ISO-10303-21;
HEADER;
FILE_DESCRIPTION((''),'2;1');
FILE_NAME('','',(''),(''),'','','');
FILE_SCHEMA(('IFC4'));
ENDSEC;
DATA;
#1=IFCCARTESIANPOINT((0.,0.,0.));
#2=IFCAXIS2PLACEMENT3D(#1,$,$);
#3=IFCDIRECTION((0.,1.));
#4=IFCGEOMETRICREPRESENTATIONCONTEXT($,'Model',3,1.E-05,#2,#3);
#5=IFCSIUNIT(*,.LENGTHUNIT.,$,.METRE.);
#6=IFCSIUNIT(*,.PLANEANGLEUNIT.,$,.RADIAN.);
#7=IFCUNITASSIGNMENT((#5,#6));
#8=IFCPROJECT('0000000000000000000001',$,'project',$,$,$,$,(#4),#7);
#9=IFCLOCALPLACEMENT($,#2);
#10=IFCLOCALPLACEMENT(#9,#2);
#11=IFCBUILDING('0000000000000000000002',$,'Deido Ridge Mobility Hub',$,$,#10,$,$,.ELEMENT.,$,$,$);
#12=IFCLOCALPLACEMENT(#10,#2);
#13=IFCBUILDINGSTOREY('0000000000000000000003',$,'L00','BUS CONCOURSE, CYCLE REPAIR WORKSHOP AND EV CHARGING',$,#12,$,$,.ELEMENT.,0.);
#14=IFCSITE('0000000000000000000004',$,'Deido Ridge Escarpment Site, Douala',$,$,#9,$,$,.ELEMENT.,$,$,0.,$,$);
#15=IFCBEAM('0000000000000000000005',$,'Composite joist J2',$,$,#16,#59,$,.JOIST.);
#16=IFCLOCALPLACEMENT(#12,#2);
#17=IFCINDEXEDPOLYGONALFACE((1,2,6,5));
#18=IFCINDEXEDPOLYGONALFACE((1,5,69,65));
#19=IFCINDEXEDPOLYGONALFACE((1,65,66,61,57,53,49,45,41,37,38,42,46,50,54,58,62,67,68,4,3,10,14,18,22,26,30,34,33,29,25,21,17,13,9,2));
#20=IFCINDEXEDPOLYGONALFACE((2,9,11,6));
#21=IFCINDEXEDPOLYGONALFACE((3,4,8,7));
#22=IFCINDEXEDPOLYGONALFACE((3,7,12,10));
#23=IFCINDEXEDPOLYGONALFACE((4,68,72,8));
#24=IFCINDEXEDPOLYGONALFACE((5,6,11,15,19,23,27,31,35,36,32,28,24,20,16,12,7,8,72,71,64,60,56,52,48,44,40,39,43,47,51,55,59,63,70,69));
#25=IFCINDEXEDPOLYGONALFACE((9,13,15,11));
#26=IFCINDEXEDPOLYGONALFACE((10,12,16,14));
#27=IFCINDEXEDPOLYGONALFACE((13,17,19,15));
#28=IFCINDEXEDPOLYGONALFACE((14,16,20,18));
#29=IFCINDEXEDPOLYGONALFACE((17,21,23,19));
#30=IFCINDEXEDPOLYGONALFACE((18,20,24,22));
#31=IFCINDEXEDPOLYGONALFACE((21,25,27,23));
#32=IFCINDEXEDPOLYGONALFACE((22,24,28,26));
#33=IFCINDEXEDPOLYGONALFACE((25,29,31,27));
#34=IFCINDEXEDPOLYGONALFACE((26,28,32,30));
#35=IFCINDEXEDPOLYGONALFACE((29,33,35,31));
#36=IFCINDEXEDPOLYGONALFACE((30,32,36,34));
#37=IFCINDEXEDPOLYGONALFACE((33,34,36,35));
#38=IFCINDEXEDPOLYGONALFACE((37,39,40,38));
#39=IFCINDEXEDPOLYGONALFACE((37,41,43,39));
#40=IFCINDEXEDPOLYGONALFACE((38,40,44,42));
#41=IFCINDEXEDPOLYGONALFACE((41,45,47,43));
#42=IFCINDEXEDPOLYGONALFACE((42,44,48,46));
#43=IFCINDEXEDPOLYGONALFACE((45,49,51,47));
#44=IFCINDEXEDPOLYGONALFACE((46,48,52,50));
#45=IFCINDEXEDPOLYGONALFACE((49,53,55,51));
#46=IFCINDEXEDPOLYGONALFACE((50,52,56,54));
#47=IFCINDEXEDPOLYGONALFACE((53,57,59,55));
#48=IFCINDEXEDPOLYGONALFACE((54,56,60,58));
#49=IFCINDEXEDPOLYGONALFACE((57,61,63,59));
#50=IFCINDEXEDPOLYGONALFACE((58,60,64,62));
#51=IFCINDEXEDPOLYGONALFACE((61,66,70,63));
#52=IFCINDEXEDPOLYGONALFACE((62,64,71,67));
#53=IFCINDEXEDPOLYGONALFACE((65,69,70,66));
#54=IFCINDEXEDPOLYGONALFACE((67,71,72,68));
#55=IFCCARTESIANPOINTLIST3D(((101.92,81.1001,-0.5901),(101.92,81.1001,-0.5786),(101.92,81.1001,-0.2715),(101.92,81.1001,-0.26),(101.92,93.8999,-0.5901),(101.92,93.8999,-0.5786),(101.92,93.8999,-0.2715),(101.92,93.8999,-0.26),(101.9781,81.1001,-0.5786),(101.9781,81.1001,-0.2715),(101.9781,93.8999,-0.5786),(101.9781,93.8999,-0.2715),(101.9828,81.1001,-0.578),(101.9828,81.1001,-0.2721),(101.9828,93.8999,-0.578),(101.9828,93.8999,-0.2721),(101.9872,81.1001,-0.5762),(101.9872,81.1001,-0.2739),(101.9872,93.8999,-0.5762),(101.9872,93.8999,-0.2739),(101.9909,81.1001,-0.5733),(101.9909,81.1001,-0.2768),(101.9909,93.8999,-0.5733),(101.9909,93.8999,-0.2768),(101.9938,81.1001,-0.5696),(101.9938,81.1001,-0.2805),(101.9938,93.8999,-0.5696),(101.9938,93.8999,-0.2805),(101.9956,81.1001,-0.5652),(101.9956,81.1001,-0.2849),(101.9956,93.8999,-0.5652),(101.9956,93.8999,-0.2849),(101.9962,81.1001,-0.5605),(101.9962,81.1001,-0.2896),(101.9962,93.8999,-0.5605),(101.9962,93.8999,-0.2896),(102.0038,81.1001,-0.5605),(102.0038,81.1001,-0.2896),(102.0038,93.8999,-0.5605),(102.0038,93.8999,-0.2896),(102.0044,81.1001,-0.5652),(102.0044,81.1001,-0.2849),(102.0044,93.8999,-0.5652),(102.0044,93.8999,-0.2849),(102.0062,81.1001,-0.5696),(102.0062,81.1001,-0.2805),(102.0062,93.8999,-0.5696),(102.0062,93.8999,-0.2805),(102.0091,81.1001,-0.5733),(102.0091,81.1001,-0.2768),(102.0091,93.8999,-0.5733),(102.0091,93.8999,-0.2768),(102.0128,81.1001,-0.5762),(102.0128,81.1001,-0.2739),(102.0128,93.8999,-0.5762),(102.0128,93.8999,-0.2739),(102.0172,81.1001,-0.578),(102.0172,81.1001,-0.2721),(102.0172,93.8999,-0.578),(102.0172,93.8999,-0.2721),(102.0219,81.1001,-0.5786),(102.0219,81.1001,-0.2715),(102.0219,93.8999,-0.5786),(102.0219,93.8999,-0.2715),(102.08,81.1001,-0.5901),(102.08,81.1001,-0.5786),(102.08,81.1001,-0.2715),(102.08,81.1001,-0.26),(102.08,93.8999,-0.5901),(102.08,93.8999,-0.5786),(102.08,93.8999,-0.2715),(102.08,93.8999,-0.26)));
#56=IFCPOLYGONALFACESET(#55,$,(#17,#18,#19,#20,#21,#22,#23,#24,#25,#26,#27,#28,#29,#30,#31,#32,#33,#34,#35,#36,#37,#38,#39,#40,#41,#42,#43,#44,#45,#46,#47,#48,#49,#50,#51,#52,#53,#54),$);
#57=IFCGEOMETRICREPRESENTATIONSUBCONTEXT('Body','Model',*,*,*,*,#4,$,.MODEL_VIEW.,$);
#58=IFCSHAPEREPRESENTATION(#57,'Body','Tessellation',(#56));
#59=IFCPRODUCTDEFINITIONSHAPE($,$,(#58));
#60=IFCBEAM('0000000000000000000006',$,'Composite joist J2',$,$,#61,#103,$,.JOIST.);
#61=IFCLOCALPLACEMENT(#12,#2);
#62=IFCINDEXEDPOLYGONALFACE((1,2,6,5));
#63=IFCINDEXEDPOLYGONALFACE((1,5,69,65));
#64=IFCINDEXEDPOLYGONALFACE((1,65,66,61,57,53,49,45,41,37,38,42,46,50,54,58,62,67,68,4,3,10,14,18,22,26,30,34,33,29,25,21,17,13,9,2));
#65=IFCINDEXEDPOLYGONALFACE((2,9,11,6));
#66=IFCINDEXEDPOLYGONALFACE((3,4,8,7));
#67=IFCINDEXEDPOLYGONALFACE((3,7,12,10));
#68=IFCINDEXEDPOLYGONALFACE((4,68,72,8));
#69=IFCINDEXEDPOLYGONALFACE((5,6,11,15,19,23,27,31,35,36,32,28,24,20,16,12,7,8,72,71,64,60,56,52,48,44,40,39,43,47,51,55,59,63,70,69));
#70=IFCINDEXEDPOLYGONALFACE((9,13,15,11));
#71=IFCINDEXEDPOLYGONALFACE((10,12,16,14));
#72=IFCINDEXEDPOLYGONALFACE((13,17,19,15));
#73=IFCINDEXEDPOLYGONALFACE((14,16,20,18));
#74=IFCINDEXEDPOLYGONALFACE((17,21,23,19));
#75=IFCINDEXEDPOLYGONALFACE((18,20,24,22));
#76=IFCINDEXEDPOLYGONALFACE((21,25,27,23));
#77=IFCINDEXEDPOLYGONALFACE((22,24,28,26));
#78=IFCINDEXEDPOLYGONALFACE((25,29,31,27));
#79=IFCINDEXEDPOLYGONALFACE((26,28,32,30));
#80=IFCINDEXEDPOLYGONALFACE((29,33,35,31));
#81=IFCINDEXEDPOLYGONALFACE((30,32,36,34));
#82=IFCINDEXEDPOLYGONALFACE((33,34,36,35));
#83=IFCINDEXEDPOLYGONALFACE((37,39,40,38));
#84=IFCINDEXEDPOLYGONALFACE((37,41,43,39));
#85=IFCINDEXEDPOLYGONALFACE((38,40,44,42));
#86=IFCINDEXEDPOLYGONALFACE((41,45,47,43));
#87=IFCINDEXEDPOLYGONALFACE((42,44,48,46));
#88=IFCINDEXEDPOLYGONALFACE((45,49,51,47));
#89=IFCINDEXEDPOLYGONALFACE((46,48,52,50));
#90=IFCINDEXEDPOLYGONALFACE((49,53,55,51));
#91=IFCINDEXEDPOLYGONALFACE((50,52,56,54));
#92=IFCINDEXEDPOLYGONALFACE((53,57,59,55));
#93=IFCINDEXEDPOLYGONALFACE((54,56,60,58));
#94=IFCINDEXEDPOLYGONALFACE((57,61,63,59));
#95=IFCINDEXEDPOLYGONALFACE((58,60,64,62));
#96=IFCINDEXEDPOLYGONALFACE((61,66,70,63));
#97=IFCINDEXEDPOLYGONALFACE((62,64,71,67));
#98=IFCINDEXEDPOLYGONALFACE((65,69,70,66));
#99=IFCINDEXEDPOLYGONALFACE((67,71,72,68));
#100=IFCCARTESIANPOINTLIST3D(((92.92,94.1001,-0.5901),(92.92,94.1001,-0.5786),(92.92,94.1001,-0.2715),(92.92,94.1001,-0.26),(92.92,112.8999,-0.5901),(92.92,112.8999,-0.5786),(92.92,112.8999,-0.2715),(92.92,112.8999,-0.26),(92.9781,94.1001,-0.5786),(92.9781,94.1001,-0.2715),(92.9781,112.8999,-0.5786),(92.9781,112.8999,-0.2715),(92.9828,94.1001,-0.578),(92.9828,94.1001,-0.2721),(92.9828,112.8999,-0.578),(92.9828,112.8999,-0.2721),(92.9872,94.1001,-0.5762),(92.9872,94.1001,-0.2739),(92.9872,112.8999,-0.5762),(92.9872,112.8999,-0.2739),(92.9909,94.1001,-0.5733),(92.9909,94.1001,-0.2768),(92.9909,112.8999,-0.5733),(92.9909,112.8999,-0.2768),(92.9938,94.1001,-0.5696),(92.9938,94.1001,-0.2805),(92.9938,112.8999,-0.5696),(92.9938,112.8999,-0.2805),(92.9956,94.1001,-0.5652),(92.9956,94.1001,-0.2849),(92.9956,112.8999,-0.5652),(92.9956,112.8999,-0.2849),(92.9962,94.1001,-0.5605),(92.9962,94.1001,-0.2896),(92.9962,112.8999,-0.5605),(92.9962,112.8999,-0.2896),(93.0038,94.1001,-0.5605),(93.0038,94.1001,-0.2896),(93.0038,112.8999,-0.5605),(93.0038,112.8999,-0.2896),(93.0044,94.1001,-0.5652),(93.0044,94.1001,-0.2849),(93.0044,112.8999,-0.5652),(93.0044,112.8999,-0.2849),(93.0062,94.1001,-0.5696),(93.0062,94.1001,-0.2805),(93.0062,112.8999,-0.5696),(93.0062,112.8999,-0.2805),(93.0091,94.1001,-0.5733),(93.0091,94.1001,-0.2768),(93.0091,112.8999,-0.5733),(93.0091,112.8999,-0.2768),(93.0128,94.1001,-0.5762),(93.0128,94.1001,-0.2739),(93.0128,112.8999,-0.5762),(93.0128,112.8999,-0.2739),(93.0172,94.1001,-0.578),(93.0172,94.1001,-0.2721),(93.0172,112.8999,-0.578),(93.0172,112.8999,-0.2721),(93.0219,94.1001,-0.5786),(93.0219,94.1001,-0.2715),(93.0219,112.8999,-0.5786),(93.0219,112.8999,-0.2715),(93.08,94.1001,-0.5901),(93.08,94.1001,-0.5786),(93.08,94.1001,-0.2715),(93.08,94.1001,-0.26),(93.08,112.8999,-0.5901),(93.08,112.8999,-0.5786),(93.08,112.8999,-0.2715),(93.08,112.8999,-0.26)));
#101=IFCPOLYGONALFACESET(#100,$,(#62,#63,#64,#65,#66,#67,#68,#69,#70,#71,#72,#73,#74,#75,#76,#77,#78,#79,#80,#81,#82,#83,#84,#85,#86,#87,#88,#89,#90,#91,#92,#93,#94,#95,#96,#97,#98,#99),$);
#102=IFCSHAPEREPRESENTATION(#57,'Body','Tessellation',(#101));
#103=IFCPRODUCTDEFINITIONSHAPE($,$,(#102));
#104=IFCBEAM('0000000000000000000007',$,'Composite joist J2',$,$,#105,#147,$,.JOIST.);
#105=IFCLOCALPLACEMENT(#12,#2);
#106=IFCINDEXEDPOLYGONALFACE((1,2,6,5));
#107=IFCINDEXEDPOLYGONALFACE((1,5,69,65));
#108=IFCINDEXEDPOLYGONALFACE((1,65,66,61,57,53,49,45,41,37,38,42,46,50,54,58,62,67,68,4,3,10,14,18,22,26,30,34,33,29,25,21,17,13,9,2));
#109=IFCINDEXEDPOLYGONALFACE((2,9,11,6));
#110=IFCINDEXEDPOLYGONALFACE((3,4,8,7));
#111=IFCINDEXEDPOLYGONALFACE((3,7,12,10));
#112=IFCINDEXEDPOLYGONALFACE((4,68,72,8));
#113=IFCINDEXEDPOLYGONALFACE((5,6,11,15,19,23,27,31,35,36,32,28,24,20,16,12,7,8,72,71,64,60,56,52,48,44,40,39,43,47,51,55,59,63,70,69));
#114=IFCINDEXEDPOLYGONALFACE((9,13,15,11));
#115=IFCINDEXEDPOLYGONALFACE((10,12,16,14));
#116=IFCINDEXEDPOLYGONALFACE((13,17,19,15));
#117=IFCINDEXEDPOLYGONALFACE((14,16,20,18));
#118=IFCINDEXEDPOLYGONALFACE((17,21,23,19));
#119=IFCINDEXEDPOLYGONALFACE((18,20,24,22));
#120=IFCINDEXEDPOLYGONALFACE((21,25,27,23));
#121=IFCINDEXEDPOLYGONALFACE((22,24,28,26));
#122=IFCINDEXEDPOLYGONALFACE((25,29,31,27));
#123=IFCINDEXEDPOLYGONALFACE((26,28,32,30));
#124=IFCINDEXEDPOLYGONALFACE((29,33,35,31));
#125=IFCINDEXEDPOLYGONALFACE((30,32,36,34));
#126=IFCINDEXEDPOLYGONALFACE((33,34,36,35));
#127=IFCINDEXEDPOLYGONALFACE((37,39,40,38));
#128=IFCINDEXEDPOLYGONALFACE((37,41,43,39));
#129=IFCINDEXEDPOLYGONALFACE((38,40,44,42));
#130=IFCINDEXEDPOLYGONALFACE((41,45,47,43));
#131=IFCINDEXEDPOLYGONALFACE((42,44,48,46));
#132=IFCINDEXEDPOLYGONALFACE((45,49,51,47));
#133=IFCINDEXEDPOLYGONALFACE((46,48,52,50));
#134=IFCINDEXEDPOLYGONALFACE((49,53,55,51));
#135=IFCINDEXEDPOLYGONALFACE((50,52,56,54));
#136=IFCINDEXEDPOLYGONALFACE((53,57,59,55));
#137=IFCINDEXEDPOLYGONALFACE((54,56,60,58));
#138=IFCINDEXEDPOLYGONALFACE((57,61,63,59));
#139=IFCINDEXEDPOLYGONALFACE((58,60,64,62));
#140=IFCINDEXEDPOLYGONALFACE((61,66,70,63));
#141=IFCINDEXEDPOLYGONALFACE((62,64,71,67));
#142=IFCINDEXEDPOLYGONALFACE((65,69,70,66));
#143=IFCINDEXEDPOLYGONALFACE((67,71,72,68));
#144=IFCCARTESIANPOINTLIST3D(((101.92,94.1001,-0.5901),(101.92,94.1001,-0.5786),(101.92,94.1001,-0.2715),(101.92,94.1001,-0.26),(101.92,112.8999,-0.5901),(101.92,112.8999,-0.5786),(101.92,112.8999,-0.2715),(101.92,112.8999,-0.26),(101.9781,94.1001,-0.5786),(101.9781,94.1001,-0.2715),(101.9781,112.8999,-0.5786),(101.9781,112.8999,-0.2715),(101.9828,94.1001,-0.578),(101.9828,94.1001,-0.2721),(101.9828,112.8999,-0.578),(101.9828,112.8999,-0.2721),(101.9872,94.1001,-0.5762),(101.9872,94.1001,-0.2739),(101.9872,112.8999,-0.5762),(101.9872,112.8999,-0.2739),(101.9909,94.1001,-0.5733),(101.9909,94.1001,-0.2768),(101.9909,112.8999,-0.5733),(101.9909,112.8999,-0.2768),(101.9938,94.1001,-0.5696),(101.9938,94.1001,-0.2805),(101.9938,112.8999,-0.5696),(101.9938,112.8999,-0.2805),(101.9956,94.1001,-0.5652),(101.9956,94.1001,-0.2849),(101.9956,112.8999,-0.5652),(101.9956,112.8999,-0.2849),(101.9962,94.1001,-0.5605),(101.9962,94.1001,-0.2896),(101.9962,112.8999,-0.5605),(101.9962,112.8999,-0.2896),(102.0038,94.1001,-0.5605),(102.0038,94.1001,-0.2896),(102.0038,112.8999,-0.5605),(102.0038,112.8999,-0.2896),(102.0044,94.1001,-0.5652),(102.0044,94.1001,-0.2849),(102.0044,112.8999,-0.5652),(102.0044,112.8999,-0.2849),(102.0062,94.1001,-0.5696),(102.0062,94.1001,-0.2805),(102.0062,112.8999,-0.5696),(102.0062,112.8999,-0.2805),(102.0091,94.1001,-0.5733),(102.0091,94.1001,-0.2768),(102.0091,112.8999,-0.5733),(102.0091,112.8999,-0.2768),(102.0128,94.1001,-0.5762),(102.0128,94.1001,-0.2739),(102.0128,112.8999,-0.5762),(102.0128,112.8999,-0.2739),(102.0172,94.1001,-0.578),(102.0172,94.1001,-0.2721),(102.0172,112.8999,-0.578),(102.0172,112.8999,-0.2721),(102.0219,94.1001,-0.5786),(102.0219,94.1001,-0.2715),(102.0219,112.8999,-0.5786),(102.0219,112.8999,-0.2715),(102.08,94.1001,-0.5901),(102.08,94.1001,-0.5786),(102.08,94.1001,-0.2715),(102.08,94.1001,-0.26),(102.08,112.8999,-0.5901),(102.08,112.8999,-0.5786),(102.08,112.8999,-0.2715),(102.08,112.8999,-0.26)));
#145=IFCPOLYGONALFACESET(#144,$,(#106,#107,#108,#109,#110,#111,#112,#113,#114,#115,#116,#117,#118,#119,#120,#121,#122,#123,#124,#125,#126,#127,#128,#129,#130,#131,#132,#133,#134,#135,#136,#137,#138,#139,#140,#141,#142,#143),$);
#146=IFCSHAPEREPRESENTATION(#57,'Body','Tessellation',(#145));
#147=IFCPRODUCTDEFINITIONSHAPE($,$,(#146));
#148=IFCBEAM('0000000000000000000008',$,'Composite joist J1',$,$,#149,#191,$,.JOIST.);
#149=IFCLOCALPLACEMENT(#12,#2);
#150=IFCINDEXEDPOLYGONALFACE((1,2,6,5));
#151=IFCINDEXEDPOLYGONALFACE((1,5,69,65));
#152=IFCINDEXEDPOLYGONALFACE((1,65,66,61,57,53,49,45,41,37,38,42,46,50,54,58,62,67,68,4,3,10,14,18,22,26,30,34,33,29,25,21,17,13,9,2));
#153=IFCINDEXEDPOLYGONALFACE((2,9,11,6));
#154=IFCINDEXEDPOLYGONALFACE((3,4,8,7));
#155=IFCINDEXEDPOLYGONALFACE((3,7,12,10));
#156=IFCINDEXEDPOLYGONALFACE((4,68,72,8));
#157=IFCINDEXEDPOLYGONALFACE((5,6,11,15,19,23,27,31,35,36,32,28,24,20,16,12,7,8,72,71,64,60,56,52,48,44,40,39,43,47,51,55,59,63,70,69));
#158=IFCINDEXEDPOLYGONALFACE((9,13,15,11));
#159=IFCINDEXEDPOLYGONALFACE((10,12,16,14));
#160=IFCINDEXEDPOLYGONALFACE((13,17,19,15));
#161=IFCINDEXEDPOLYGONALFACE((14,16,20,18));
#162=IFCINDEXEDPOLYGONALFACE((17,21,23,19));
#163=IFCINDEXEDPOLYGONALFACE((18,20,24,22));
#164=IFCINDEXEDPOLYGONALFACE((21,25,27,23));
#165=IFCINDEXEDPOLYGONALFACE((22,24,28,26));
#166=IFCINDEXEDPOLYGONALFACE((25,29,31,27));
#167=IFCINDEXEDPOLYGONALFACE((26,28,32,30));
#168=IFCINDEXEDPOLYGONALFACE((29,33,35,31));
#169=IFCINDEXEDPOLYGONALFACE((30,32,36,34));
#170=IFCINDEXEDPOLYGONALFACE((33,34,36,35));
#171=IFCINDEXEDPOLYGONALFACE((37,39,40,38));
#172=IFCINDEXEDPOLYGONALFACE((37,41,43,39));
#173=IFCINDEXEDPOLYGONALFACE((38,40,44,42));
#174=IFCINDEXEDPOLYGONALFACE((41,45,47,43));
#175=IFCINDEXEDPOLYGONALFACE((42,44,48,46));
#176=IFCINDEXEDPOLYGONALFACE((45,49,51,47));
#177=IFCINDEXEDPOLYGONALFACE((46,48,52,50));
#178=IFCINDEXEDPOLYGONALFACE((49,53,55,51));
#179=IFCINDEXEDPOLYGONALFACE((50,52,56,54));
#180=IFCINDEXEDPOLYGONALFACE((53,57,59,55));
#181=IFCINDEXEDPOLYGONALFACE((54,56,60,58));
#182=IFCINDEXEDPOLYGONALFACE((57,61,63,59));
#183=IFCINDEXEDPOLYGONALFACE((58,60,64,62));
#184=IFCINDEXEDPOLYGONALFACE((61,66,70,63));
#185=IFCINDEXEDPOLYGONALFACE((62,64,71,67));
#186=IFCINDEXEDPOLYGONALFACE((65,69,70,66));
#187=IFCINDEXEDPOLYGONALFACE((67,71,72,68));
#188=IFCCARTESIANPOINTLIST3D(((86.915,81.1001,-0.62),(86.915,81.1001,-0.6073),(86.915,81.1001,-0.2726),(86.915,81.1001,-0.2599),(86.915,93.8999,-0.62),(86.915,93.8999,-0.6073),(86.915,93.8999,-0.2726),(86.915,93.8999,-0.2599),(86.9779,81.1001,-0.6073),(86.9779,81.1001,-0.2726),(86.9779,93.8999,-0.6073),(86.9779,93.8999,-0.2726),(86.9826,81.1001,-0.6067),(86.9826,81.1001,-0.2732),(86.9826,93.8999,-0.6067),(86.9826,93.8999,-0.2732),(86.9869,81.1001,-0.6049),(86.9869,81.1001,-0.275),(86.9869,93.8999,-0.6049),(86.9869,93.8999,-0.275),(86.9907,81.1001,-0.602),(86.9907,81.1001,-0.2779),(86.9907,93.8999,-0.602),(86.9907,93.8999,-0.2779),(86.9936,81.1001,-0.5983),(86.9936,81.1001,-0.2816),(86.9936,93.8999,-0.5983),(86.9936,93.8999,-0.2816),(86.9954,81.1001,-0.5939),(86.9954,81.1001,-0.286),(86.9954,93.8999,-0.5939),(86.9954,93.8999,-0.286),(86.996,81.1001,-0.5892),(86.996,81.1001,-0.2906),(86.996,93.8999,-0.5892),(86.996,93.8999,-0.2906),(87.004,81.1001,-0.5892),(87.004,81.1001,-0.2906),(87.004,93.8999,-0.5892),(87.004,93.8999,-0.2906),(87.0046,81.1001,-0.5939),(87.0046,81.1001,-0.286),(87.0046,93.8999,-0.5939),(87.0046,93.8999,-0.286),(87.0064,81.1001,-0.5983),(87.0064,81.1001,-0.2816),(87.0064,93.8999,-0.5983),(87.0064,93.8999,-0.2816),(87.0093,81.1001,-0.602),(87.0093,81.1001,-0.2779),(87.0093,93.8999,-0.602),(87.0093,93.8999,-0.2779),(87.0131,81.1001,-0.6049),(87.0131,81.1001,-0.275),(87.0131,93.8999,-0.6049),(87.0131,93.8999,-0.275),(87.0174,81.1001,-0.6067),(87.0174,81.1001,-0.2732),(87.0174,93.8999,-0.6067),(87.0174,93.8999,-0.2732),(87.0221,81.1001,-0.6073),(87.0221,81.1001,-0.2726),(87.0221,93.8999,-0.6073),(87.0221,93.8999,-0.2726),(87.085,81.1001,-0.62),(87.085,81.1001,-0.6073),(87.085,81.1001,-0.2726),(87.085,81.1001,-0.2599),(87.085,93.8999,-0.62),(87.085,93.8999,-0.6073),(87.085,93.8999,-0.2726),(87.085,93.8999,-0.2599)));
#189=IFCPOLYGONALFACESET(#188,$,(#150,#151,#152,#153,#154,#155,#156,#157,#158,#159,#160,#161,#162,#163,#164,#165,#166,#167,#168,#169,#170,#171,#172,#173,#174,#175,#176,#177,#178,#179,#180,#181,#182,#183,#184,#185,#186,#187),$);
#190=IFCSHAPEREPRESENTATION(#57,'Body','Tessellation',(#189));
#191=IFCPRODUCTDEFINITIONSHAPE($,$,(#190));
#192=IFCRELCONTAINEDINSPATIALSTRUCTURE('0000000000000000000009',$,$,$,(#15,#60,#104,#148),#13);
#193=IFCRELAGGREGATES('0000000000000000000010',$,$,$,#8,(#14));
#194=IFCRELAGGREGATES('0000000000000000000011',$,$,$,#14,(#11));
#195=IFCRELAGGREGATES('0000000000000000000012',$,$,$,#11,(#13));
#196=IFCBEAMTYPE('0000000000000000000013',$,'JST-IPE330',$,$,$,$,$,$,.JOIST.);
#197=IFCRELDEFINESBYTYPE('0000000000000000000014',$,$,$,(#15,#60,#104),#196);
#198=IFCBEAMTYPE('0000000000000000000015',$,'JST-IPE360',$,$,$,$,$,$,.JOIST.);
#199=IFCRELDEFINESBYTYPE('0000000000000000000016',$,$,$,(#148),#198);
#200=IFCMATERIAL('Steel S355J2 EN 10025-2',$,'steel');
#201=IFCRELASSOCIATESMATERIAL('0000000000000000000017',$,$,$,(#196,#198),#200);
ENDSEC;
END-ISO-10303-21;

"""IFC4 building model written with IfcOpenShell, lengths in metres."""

from ifc_helpers import new_model, si_unit, direction, frame, origin, origin_2d, place, context, subcontext, project, spatial, i_section, extrude, material, material_profile, profile_set, type_object, element, save


model = new_model("IFC4")

# Units and contexts
model_context = context("Model", 3, precision=1e-05, world=origin(), true_north=direction((0.0, 1.0)))
body_context = subcontext(model_context, "Body", "Model", "MODEL_VIEW")
ifc_project = project(units=[si_unit("LENGTHUNIT", "METRE"), si_unit("PLANEANGLEUNIT", "RADIAN")], contexts=[model_context])

# Site, building, storey
site_placement = place(None, origin())
site = spatial("IfcSite", under=ifc_project, at=site_placement, Name="Deido Ridge Escarpment Site, Douala", CompositionType="ELEMENT", RefElevation=0.0)
building_placement = place(site_placement, origin())
building = spatial("IfcBuilding", under=site, at=building_placement, Name="Deido Ridge Mobility Hub", CompositionType="ELEMENT")
storey_placement = place(building_placement, origin())
storey = spatial("IfcBuildingStorey", under=building, at=storey_placement, Name="L00", Description="BUS CONCOURSE, CYCLE REPAIR WORKSHOP AND EV CHARGING", CompositionType="ELEMENT", Elevation=0.0)

# Shared definitions
ifc_material_1 = material(Name="Steel S355J2 EN 10025-2", Category="steel")

# Beams
ifc_material_profile_1 = material_profile(ifc_material_1, i_section(OverallWidth=0.1599, OverallDepth=0.3301, WebThickness=0.0076, FlangeThickness=0.0115, FilletRadius=0.0181, at=origin_2d()), Name="IPE 330")
ifc_profile_set_1 = profile_set([ifc_material_profile_1], Name="Steel S355J2 EN 10025-2")
beam_type_1 = type_object("IfcBeamType", Name="JST-IPE330", PredefinedType="JOIST", material=ifc_profile_set_1)
for number, where, z_axis, x_axis, name in (
    (1, (102.0, 81.1001, -0.425), (0.0, 1.0, 0.0), (-1.0, 0.0, 0.0), "Composite joist J2"),
):
    element("IfcBeam", number, at=place(storey_placement, frame(where, z_axis=z_axis, x_axis=x_axis)), inside=storey, type_object=beam_type_1, Name=name, PredefinedType="JOIST", context=body_context, shape_type="SweptSolid", body=[
        extrude(i_section(OverallWidth=0.1599, OverallDepth=0.3301, WebThickness=0.0076, FlangeThickness=0.0115, FilletRadius=0.0181, at=origin_2d()), origin(), (0.0, 0.0, 1.0), 12.7998),
    ])
for number, where, z_axis, x_axis, name in (
    (2, (93.0, 94.1001, -0.425), (0.0, 1.0, 0.0), (-1.0, 0.0, 0.0), "Composite joist J2"),
    (3, (102.0, 94.1001, -0.425), (0.0, 1.0, 0.0), (-1.0, 0.0, 0.0), "Composite joist J2"),
):
    element("IfcBeam", number, at=place(storey_placement, frame(where, z_axis=z_axis, x_axis=x_axis)), inside=storey, type_object=beam_type_1, Name=name, PredefinedType="JOIST", context=body_context, shape_type="SweptSolid", body=[
        extrude(i_section(OverallWidth=0.1599, OverallDepth=0.3301, WebThickness=0.0076, FlangeThickness=0.0115, FilletRadius=0.0181, at=origin_2d()), origin(), (0.0, 0.0, 1.0), 18.7998),
    ])
ifc_material_profile_2 = material_profile(ifc_material_1, i_section(OverallWidth=0.1699, OverallDepth=0.3601, WebThickness=0.0081, FlangeThickness=0.0127, FilletRadius=0.0181, at=origin_2d()), Name="IPE 360")
ifc_profile_set_2 = profile_set([ifc_material_profile_2], Name="Steel S355J2 EN 10025-2")
beam_type_2 = type_object("IfcBeamType", Name="JST-IPE360", PredefinedType="JOIST", material=ifc_profile_set_2)
for number, where, z_axis, x_axis, name in (
    (4, (87.0, 81.1001, -0.4399), (0.0, 1.0, 0.0), (-1.0, 0.0, 0.0), "Composite joist J1"),
):
    element("IfcBeam", number, at=place(storey_placement, frame(where, z_axis=z_axis, x_axis=x_axis)), inside=storey, type_object=beam_type_2, Name=name, PredefinedType="JOIST", context=body_context, shape_type="SweptSolid", body=[
        extrude(i_section(OverallWidth=0.1699, OverallDepth=0.3601, WebThickness=0.0081, FlangeThickness=0.0127, FilletRadius=0.0181, at=origin_2d()), origin(), (0.0, 0.0, 1.0), 12.7998),
    ])

save(model, "model.ifc")
